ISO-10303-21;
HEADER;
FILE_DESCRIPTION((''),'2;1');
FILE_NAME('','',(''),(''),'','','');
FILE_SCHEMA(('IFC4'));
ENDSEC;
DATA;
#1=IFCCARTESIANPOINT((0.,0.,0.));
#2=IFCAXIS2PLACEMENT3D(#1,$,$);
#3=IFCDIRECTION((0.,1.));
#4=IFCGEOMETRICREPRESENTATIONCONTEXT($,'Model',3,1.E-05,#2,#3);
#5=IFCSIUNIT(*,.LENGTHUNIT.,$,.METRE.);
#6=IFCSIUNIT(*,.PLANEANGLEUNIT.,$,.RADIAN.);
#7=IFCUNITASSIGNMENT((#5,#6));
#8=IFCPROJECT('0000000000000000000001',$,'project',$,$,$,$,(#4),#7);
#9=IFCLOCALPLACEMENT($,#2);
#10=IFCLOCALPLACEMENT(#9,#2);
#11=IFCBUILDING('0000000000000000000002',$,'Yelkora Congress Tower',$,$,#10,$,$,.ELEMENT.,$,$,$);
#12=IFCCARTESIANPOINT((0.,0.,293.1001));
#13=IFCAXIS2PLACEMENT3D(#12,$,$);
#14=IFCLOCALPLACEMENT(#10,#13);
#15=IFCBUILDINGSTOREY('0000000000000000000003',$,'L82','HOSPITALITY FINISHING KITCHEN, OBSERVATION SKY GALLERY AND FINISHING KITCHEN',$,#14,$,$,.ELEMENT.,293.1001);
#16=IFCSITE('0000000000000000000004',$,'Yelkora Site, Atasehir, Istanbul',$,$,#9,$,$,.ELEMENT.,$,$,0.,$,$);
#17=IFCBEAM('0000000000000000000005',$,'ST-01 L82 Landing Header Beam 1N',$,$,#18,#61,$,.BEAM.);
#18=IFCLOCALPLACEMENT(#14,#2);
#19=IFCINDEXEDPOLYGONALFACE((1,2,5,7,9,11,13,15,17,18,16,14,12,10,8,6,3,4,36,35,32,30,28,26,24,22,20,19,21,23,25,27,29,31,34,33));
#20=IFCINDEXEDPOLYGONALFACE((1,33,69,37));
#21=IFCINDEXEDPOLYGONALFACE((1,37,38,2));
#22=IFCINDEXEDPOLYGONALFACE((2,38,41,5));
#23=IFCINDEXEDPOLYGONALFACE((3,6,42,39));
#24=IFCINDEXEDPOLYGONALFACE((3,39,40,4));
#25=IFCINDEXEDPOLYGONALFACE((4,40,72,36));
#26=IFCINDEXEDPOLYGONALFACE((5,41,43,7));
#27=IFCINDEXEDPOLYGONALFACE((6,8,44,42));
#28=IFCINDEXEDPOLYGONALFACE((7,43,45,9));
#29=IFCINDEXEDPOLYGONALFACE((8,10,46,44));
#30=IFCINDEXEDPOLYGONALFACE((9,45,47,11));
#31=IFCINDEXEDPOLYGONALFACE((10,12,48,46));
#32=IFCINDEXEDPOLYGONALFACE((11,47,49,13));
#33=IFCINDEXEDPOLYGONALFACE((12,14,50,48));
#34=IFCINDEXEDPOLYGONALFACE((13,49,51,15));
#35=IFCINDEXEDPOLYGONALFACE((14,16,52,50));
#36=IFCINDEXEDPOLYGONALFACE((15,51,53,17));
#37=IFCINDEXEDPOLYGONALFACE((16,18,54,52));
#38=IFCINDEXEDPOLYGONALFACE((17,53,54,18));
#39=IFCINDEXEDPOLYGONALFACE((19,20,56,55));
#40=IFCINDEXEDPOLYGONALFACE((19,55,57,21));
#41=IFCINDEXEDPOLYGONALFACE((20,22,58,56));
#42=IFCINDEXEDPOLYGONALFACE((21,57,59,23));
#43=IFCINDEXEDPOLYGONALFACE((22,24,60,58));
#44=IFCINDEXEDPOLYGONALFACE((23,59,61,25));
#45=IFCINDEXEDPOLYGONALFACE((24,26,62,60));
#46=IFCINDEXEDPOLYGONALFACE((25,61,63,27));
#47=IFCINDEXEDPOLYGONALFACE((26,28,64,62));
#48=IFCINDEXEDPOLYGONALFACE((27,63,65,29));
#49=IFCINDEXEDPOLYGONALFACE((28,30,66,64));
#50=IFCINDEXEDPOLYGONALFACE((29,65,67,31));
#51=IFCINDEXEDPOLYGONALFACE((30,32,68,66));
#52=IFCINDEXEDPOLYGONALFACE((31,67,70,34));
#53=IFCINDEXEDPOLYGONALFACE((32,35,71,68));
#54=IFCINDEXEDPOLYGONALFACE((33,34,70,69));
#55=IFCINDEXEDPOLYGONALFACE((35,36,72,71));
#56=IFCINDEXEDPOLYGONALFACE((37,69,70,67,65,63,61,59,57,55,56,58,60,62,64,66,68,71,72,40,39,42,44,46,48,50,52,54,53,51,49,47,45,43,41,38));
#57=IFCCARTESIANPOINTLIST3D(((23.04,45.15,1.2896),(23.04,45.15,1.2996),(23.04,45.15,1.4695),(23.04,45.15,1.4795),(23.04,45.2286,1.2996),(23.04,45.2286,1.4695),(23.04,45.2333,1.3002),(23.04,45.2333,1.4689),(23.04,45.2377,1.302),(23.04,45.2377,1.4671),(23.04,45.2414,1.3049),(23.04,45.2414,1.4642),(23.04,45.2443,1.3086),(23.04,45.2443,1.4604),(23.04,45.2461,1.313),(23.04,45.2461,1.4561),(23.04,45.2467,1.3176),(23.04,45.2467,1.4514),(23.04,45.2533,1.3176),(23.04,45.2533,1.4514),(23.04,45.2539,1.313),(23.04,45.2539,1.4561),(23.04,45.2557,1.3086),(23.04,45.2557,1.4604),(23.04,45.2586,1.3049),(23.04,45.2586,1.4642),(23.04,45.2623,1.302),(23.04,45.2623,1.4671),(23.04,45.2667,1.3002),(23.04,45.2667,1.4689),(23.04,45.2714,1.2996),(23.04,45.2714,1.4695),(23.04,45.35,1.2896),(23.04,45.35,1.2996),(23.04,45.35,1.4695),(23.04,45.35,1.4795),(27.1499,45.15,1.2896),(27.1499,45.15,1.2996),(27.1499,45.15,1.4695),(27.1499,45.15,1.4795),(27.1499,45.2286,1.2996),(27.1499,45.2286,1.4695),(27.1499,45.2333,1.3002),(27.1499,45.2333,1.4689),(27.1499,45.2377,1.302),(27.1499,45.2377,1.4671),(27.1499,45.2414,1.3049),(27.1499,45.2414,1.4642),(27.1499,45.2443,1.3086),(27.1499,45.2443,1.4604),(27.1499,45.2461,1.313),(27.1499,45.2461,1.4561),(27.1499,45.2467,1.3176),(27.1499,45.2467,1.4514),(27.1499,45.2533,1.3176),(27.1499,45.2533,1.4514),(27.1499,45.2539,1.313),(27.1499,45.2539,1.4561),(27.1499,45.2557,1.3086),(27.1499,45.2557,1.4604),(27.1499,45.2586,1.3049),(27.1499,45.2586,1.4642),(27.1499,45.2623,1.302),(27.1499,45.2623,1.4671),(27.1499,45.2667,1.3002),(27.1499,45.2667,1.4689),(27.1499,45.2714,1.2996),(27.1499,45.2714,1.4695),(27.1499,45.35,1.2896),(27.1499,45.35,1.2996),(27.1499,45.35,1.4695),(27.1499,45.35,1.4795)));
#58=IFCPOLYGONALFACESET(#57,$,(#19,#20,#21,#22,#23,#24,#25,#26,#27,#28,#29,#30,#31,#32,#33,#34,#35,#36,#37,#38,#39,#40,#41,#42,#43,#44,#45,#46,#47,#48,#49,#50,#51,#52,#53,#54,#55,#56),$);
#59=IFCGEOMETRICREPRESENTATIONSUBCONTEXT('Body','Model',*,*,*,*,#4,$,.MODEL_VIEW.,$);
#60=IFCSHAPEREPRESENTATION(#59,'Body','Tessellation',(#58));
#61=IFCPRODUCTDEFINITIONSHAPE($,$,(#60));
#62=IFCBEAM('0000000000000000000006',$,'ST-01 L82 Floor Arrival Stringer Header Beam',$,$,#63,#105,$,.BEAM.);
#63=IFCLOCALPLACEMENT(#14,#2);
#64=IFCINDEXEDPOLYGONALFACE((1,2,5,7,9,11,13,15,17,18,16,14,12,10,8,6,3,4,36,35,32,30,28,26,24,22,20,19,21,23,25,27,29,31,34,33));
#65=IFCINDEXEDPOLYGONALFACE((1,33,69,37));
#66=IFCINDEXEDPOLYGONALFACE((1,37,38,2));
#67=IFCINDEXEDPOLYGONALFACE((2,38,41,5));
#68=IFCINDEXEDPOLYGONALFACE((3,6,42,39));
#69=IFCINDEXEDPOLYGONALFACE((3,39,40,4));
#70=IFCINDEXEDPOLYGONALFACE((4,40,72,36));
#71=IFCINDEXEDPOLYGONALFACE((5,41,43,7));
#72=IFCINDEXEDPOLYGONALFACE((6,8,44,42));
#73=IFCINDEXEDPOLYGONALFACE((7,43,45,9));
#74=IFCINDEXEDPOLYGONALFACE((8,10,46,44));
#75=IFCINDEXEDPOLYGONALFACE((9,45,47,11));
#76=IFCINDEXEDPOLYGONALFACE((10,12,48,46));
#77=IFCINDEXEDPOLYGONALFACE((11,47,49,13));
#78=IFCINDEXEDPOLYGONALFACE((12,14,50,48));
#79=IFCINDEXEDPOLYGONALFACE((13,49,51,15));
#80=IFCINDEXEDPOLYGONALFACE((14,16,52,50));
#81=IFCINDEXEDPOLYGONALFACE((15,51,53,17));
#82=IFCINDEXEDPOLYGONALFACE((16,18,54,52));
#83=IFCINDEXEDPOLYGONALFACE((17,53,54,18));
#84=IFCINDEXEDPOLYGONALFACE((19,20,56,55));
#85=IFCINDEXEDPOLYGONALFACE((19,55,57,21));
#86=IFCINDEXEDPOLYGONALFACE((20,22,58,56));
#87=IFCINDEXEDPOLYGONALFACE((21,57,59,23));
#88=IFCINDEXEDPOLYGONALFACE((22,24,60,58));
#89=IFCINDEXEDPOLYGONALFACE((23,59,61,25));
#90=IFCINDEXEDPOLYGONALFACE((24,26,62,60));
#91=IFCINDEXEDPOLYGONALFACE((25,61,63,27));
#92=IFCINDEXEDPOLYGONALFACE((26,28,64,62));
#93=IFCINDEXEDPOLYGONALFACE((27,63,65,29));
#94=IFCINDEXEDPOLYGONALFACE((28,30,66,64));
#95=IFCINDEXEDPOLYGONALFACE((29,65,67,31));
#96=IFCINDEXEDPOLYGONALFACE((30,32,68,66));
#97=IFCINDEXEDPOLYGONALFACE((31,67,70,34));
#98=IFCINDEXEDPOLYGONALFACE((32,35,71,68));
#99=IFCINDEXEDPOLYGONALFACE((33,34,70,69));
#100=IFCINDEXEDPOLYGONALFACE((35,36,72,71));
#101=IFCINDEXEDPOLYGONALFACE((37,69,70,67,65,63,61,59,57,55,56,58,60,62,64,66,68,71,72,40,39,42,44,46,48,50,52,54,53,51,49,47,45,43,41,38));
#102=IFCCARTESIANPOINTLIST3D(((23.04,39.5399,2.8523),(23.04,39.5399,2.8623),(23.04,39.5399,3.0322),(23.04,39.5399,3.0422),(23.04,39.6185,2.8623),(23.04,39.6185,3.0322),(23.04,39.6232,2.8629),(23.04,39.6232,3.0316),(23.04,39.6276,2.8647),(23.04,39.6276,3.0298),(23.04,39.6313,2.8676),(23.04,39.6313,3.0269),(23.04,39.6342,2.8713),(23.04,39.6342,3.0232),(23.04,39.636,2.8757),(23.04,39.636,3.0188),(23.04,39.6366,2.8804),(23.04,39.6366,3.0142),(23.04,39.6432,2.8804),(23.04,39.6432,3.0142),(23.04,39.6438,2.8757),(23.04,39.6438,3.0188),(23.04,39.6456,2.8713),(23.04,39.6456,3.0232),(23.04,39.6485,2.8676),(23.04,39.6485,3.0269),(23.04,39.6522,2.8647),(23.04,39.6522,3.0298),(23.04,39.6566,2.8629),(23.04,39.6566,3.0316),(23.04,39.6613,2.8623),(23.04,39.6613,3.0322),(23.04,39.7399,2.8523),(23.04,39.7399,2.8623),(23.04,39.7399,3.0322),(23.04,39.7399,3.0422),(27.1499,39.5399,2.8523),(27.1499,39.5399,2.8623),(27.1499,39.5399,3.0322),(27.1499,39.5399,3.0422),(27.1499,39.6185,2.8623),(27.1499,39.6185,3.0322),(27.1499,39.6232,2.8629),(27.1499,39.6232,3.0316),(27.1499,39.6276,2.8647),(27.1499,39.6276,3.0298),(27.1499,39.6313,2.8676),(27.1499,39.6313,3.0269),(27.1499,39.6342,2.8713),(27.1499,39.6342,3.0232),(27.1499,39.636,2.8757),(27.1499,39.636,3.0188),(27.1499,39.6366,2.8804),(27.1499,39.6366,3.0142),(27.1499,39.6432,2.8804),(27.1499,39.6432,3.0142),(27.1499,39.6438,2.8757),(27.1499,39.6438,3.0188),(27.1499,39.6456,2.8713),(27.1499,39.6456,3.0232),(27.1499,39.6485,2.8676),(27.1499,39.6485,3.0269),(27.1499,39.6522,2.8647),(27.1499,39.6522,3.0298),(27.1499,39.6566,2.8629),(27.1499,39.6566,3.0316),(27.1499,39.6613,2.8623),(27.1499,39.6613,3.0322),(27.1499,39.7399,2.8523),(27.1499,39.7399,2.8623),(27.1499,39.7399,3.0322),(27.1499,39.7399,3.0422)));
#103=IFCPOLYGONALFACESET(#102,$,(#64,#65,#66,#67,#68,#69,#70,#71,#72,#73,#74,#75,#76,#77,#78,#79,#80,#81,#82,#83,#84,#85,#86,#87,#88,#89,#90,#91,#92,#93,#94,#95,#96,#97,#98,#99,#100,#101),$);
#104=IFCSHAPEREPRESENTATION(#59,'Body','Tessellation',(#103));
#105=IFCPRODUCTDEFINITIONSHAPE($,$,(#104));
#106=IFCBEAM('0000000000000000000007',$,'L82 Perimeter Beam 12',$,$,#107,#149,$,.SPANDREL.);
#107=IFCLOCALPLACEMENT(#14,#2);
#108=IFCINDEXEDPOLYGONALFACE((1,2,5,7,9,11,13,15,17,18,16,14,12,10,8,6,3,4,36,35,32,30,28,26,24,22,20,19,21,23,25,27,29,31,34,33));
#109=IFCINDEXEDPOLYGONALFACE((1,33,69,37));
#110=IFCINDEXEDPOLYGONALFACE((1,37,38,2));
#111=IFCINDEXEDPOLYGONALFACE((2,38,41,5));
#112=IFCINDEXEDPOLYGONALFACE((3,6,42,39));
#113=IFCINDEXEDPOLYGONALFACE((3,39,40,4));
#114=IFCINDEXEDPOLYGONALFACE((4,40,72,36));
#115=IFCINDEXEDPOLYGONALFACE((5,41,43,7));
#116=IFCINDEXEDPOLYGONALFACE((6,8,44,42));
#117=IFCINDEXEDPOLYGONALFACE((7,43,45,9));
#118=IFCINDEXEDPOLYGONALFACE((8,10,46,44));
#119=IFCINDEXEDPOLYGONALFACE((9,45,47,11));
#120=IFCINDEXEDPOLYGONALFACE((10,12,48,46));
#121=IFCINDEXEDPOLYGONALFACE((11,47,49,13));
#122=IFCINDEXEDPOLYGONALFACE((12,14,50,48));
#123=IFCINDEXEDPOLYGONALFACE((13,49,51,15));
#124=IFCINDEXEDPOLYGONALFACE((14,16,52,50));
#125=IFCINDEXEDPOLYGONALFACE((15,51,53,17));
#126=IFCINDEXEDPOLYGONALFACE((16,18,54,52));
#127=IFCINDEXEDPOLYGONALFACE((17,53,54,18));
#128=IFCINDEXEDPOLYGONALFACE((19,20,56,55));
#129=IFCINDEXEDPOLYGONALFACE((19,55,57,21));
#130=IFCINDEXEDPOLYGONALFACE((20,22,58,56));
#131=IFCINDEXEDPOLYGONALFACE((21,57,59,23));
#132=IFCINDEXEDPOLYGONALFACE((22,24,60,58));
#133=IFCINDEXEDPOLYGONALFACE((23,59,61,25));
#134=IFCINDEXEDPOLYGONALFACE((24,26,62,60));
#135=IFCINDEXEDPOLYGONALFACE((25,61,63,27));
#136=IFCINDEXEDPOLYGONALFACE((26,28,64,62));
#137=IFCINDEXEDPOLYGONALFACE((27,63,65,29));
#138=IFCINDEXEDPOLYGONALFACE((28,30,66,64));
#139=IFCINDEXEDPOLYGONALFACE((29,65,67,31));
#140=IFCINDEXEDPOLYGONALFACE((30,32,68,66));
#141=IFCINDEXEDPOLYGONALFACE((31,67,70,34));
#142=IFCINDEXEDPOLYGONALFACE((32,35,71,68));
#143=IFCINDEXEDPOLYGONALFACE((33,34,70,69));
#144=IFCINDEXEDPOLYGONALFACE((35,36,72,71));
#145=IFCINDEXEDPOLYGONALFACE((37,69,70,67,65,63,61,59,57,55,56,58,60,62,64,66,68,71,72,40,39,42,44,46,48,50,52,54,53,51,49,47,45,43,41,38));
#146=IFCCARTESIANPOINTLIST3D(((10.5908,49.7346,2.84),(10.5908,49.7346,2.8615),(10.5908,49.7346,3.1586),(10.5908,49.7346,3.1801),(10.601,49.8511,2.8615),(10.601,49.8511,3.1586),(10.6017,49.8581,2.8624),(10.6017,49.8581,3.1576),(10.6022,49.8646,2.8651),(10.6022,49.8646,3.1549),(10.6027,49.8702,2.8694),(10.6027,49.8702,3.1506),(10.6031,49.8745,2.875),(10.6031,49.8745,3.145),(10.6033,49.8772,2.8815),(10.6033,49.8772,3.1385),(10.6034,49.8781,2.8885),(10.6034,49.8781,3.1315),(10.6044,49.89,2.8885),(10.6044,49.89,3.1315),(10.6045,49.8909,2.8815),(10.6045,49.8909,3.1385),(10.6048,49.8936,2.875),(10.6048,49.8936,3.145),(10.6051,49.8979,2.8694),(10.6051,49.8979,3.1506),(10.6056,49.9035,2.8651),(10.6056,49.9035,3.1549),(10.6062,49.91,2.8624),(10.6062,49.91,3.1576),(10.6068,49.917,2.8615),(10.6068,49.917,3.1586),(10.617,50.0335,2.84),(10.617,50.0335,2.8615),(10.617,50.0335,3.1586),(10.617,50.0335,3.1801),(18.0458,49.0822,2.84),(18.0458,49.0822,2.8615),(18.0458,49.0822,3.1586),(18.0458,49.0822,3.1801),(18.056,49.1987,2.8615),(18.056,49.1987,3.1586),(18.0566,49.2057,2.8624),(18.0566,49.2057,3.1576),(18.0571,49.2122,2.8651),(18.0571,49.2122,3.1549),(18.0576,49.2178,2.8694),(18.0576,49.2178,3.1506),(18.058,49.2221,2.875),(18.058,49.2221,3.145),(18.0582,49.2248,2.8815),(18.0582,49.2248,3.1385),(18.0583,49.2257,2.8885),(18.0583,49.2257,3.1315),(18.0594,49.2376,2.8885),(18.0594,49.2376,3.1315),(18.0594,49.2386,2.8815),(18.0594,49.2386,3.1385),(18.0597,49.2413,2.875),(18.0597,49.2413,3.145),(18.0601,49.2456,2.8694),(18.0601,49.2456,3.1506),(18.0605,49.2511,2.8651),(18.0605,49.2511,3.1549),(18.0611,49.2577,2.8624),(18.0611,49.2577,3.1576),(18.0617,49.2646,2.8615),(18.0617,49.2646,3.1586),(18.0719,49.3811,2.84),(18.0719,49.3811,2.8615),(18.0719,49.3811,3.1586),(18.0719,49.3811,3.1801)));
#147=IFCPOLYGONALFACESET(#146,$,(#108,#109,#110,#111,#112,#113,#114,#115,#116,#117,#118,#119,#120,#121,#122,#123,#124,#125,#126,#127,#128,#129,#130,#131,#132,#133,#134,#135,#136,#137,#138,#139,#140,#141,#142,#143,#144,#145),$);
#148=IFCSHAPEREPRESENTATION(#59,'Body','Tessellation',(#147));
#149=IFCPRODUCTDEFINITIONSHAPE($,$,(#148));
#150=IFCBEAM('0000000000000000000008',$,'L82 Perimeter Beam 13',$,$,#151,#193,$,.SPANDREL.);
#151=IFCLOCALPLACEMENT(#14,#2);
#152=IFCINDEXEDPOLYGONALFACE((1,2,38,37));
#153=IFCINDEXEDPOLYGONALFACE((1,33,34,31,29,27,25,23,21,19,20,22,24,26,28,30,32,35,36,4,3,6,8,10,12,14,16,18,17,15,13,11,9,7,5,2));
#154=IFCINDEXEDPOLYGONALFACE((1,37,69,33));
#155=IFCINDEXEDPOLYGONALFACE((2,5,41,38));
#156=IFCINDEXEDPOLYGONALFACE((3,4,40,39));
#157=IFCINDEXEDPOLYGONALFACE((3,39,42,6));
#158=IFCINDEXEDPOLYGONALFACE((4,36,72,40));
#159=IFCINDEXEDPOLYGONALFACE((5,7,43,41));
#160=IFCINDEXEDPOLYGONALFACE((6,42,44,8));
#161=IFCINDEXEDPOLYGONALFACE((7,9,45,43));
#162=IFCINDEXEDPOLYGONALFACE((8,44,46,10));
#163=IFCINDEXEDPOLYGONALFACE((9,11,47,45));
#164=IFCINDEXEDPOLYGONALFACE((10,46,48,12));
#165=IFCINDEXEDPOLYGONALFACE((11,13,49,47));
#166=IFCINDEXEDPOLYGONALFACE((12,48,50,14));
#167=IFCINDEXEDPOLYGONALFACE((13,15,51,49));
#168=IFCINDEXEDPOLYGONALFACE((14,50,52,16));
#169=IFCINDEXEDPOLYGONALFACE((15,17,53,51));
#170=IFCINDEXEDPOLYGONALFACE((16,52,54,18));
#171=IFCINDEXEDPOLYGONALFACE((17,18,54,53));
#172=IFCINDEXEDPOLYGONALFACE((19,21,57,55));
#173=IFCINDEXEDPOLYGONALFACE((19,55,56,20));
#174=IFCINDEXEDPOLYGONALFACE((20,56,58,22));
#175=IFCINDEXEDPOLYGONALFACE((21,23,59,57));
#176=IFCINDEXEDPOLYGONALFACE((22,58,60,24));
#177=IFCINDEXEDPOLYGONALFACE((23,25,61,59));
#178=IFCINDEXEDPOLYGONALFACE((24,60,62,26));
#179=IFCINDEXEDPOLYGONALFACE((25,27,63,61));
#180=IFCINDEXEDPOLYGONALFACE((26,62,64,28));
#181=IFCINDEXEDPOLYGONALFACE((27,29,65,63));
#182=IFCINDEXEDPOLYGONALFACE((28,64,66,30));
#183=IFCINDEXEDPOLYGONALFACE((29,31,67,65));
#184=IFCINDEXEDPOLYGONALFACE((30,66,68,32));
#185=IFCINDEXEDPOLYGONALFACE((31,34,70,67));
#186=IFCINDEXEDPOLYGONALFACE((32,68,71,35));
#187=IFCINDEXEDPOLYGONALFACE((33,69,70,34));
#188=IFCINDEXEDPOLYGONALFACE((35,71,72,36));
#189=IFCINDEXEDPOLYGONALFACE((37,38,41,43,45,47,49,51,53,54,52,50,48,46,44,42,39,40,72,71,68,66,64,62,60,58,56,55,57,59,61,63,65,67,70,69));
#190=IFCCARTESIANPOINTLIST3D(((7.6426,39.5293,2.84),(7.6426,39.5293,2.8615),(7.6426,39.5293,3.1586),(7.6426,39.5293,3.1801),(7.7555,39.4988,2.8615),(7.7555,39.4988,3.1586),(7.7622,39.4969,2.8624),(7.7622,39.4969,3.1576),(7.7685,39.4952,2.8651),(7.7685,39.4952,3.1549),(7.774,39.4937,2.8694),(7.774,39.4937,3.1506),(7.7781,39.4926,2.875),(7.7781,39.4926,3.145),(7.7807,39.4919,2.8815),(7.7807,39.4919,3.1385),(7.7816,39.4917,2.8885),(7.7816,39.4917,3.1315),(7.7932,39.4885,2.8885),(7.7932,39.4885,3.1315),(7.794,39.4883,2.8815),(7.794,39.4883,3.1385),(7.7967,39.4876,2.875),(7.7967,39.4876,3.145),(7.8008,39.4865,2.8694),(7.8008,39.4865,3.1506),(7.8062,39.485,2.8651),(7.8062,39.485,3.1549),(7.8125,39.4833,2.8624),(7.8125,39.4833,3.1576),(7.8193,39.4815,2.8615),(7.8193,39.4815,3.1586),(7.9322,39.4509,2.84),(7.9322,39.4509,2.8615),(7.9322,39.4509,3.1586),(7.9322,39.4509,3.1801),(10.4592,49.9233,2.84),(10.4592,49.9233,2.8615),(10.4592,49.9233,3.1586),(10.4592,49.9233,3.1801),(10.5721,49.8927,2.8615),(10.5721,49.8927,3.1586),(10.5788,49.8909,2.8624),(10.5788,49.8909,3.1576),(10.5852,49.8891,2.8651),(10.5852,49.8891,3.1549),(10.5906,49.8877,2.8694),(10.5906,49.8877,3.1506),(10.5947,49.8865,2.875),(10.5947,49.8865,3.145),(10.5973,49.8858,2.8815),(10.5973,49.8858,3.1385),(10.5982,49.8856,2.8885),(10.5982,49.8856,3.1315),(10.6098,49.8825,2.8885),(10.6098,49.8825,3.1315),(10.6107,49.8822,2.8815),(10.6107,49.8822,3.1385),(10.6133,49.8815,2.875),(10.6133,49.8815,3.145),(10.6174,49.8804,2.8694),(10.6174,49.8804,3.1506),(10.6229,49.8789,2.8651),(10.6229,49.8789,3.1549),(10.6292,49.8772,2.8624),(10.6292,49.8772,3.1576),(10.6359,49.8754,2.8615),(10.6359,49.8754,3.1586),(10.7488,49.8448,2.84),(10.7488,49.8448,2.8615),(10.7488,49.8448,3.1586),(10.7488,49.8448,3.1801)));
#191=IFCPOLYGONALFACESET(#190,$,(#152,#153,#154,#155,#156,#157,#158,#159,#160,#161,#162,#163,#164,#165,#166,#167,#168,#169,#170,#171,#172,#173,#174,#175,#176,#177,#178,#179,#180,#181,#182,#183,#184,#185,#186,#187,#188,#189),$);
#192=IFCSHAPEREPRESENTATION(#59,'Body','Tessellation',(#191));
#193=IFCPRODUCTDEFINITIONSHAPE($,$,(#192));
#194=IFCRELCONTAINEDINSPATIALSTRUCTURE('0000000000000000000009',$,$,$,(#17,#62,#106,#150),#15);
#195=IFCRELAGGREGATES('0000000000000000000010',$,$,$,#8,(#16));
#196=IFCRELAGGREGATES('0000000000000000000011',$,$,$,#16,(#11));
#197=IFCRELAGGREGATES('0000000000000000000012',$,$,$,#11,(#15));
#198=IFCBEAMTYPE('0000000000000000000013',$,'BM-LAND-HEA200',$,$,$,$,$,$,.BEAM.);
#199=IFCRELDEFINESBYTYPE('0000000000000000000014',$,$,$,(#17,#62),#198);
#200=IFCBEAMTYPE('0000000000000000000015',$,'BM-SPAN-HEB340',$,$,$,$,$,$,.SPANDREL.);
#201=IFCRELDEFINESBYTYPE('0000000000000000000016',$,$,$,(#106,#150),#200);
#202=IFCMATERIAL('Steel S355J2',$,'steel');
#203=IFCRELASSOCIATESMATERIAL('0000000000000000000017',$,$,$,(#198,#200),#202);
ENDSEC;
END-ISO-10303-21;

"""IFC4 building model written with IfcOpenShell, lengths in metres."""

from ifc_helpers import new_model, si_unit, direction, frame, origin, origin_2d, place, context, subcontext, project, spatial, i_section, extrude, material, material_profile, profile_set, type_object, element, save


model = new_model("IFC4")

# Units and contexts
model_context = context("Model", 3, precision=1e-05, world=origin(), true_north=direction((0.0, 1.0)))
body_context = subcontext(model_context, "Body", "Model", "MODEL_VIEW")
ifc_project = project(units=[si_unit("LENGTHUNIT", "METRE"), si_unit("PLANEANGLEUNIT", "RADIAN")], contexts=[model_context])

# Site, building, storey
site_placement = place(None, origin())
site = spatial("IfcSite", under=ifc_project, at=site_placement, Name="Yelkora Site, Atasehir, Istanbul", CompositionType="ELEMENT", RefElevation=0.0)
building_placement = place(site_placement, origin())
building = spatial("IfcBuilding", under=site, at=building_placement, Name="Yelkora Congress Tower", CompositionType="ELEMENT")
storey_placement = place(building_placement, frame((0.0, 0.0, 293.1001)))
storey = spatial("IfcBuildingStorey", under=building, at=storey_placement, Name="L82", Description="HOSPITALITY FINISHING KITCHEN, OBSERVATION SKY GALLERY AND FINISHING KITCHEN", CompositionType="ELEMENT", Elevation=293.1001)

# Shared definitions
ifc_material_1 = material(Name="Steel S355J2", Category="steel")

# Beams
ifc_material_profile_1 = material_profile(ifc_material_1, i_section(OverallWidth=0.2, OverallDepth=0.1899, WebThickness=0.0066, FlangeThickness=0.01, FilletRadius=0.0181, at=origin_2d()), Name="HEA 200")
ifc_profile_set_1 = profile_set([ifc_material_profile_1], Name="Steel S355J2")
beam_type_1 = type_object("IfcBeamType", Name="BM-LAND-HEA200", PredefinedType="BEAM", material=ifc_profile_set_1)
for number, where, z_axis, x_axis, name in (
    (1, (23.04, 45.25, 1.3845), (1.0, 0.0, 0.0), (0.0, 1.0, 0.0), "ST-01 L82 Landing Header Beam 1N"),
    (2, (23.04, 39.6399, 2.9473), (1.0, 0.0, 0.0), (0.0, 1.0, 0.0), "ST-01 L82 Floor Arrival Stringer Header Beam"),
):
    element("IfcBeam", number, at=place(storey_placement, frame(where, z_axis=z_axis, x_axis=x_axis)), inside=storey, type_object=beam_type_1, Name=name, PredefinedType="BEAM", context=body_context, shape_type="SweptSolid", body=[
        extrude(i_section(OverallWidth=0.2, OverallDepth=0.1899, WebThickness=0.0066, FlangeThickness=0.01, FilletRadius=0.0181, at=origin_2d()), origin(), (0.0, 0.0, 1.0), 4.1099),
    ])
ifc_material_profile_2 = material_profile(ifc_material_1, i_section(OverallWidth=0.3, OverallDepth=0.3401, WebThickness=0.012, FlangeThickness=0.0215, FilletRadius=0.0271, at=origin_2d()), Name="HEB 340")
ifc_profile_set_2 = profile_set([ifc_material_profile_2], Name="Steel S355J2")
beam_type_2 = type_object("IfcBeamType", Name="BM-SPAN-HEB340", PredefinedType="SPANDREL", material=ifc_profile_set_2)
beam_1_placement = place(storey_placement, frame((18.0588, 49.2317, 3.01), z_axis=(-0.996193, 0.087173, 0.0), x_axis=(-0.087173, -0.996193, 0.0)))
element("IfcBeam", 3, at=beam_1_placement, inside=storey, type_object=beam_type_2, Name="L82 Perimeter Beam 12", PredefinedType="SPANDREL", context=body_context, shape_type="SweptSolid", body=[
    extrude(i_section(OverallWidth=0.3, OverallDepth=0.3401, WebThickness=0.012, FlangeThickness=0.0215, FilletRadius=0.0271, at=origin_2d()), origin(), (0.0, 0.0, 1.0), 7.4834),
])
beam_2_placement = place(storey_placement, frame((10.604, 49.884, 3.01), z_axis=(-0.261554, -0.965189, 0.0), x_axis=(0.965189, -0.261554, 0.0)))
element("IfcBeam", 4, at=beam_2_placement, inside=storey, type_object=beam_type_2, Name="L82 Perimeter Beam 13", PredefinedType="SPANDREL", context=body_context, shape_type="SweptSolid", body=[
    extrude(i_section(OverallWidth=0.3, OverallDepth=0.3401, WebThickness=0.012, FlangeThickness=0.0215, FilletRadius=0.0271, at=origin_2d()), origin(), (0.0, 0.0, 1.0), 10.7688),
])

save(model, "model.ifc")
